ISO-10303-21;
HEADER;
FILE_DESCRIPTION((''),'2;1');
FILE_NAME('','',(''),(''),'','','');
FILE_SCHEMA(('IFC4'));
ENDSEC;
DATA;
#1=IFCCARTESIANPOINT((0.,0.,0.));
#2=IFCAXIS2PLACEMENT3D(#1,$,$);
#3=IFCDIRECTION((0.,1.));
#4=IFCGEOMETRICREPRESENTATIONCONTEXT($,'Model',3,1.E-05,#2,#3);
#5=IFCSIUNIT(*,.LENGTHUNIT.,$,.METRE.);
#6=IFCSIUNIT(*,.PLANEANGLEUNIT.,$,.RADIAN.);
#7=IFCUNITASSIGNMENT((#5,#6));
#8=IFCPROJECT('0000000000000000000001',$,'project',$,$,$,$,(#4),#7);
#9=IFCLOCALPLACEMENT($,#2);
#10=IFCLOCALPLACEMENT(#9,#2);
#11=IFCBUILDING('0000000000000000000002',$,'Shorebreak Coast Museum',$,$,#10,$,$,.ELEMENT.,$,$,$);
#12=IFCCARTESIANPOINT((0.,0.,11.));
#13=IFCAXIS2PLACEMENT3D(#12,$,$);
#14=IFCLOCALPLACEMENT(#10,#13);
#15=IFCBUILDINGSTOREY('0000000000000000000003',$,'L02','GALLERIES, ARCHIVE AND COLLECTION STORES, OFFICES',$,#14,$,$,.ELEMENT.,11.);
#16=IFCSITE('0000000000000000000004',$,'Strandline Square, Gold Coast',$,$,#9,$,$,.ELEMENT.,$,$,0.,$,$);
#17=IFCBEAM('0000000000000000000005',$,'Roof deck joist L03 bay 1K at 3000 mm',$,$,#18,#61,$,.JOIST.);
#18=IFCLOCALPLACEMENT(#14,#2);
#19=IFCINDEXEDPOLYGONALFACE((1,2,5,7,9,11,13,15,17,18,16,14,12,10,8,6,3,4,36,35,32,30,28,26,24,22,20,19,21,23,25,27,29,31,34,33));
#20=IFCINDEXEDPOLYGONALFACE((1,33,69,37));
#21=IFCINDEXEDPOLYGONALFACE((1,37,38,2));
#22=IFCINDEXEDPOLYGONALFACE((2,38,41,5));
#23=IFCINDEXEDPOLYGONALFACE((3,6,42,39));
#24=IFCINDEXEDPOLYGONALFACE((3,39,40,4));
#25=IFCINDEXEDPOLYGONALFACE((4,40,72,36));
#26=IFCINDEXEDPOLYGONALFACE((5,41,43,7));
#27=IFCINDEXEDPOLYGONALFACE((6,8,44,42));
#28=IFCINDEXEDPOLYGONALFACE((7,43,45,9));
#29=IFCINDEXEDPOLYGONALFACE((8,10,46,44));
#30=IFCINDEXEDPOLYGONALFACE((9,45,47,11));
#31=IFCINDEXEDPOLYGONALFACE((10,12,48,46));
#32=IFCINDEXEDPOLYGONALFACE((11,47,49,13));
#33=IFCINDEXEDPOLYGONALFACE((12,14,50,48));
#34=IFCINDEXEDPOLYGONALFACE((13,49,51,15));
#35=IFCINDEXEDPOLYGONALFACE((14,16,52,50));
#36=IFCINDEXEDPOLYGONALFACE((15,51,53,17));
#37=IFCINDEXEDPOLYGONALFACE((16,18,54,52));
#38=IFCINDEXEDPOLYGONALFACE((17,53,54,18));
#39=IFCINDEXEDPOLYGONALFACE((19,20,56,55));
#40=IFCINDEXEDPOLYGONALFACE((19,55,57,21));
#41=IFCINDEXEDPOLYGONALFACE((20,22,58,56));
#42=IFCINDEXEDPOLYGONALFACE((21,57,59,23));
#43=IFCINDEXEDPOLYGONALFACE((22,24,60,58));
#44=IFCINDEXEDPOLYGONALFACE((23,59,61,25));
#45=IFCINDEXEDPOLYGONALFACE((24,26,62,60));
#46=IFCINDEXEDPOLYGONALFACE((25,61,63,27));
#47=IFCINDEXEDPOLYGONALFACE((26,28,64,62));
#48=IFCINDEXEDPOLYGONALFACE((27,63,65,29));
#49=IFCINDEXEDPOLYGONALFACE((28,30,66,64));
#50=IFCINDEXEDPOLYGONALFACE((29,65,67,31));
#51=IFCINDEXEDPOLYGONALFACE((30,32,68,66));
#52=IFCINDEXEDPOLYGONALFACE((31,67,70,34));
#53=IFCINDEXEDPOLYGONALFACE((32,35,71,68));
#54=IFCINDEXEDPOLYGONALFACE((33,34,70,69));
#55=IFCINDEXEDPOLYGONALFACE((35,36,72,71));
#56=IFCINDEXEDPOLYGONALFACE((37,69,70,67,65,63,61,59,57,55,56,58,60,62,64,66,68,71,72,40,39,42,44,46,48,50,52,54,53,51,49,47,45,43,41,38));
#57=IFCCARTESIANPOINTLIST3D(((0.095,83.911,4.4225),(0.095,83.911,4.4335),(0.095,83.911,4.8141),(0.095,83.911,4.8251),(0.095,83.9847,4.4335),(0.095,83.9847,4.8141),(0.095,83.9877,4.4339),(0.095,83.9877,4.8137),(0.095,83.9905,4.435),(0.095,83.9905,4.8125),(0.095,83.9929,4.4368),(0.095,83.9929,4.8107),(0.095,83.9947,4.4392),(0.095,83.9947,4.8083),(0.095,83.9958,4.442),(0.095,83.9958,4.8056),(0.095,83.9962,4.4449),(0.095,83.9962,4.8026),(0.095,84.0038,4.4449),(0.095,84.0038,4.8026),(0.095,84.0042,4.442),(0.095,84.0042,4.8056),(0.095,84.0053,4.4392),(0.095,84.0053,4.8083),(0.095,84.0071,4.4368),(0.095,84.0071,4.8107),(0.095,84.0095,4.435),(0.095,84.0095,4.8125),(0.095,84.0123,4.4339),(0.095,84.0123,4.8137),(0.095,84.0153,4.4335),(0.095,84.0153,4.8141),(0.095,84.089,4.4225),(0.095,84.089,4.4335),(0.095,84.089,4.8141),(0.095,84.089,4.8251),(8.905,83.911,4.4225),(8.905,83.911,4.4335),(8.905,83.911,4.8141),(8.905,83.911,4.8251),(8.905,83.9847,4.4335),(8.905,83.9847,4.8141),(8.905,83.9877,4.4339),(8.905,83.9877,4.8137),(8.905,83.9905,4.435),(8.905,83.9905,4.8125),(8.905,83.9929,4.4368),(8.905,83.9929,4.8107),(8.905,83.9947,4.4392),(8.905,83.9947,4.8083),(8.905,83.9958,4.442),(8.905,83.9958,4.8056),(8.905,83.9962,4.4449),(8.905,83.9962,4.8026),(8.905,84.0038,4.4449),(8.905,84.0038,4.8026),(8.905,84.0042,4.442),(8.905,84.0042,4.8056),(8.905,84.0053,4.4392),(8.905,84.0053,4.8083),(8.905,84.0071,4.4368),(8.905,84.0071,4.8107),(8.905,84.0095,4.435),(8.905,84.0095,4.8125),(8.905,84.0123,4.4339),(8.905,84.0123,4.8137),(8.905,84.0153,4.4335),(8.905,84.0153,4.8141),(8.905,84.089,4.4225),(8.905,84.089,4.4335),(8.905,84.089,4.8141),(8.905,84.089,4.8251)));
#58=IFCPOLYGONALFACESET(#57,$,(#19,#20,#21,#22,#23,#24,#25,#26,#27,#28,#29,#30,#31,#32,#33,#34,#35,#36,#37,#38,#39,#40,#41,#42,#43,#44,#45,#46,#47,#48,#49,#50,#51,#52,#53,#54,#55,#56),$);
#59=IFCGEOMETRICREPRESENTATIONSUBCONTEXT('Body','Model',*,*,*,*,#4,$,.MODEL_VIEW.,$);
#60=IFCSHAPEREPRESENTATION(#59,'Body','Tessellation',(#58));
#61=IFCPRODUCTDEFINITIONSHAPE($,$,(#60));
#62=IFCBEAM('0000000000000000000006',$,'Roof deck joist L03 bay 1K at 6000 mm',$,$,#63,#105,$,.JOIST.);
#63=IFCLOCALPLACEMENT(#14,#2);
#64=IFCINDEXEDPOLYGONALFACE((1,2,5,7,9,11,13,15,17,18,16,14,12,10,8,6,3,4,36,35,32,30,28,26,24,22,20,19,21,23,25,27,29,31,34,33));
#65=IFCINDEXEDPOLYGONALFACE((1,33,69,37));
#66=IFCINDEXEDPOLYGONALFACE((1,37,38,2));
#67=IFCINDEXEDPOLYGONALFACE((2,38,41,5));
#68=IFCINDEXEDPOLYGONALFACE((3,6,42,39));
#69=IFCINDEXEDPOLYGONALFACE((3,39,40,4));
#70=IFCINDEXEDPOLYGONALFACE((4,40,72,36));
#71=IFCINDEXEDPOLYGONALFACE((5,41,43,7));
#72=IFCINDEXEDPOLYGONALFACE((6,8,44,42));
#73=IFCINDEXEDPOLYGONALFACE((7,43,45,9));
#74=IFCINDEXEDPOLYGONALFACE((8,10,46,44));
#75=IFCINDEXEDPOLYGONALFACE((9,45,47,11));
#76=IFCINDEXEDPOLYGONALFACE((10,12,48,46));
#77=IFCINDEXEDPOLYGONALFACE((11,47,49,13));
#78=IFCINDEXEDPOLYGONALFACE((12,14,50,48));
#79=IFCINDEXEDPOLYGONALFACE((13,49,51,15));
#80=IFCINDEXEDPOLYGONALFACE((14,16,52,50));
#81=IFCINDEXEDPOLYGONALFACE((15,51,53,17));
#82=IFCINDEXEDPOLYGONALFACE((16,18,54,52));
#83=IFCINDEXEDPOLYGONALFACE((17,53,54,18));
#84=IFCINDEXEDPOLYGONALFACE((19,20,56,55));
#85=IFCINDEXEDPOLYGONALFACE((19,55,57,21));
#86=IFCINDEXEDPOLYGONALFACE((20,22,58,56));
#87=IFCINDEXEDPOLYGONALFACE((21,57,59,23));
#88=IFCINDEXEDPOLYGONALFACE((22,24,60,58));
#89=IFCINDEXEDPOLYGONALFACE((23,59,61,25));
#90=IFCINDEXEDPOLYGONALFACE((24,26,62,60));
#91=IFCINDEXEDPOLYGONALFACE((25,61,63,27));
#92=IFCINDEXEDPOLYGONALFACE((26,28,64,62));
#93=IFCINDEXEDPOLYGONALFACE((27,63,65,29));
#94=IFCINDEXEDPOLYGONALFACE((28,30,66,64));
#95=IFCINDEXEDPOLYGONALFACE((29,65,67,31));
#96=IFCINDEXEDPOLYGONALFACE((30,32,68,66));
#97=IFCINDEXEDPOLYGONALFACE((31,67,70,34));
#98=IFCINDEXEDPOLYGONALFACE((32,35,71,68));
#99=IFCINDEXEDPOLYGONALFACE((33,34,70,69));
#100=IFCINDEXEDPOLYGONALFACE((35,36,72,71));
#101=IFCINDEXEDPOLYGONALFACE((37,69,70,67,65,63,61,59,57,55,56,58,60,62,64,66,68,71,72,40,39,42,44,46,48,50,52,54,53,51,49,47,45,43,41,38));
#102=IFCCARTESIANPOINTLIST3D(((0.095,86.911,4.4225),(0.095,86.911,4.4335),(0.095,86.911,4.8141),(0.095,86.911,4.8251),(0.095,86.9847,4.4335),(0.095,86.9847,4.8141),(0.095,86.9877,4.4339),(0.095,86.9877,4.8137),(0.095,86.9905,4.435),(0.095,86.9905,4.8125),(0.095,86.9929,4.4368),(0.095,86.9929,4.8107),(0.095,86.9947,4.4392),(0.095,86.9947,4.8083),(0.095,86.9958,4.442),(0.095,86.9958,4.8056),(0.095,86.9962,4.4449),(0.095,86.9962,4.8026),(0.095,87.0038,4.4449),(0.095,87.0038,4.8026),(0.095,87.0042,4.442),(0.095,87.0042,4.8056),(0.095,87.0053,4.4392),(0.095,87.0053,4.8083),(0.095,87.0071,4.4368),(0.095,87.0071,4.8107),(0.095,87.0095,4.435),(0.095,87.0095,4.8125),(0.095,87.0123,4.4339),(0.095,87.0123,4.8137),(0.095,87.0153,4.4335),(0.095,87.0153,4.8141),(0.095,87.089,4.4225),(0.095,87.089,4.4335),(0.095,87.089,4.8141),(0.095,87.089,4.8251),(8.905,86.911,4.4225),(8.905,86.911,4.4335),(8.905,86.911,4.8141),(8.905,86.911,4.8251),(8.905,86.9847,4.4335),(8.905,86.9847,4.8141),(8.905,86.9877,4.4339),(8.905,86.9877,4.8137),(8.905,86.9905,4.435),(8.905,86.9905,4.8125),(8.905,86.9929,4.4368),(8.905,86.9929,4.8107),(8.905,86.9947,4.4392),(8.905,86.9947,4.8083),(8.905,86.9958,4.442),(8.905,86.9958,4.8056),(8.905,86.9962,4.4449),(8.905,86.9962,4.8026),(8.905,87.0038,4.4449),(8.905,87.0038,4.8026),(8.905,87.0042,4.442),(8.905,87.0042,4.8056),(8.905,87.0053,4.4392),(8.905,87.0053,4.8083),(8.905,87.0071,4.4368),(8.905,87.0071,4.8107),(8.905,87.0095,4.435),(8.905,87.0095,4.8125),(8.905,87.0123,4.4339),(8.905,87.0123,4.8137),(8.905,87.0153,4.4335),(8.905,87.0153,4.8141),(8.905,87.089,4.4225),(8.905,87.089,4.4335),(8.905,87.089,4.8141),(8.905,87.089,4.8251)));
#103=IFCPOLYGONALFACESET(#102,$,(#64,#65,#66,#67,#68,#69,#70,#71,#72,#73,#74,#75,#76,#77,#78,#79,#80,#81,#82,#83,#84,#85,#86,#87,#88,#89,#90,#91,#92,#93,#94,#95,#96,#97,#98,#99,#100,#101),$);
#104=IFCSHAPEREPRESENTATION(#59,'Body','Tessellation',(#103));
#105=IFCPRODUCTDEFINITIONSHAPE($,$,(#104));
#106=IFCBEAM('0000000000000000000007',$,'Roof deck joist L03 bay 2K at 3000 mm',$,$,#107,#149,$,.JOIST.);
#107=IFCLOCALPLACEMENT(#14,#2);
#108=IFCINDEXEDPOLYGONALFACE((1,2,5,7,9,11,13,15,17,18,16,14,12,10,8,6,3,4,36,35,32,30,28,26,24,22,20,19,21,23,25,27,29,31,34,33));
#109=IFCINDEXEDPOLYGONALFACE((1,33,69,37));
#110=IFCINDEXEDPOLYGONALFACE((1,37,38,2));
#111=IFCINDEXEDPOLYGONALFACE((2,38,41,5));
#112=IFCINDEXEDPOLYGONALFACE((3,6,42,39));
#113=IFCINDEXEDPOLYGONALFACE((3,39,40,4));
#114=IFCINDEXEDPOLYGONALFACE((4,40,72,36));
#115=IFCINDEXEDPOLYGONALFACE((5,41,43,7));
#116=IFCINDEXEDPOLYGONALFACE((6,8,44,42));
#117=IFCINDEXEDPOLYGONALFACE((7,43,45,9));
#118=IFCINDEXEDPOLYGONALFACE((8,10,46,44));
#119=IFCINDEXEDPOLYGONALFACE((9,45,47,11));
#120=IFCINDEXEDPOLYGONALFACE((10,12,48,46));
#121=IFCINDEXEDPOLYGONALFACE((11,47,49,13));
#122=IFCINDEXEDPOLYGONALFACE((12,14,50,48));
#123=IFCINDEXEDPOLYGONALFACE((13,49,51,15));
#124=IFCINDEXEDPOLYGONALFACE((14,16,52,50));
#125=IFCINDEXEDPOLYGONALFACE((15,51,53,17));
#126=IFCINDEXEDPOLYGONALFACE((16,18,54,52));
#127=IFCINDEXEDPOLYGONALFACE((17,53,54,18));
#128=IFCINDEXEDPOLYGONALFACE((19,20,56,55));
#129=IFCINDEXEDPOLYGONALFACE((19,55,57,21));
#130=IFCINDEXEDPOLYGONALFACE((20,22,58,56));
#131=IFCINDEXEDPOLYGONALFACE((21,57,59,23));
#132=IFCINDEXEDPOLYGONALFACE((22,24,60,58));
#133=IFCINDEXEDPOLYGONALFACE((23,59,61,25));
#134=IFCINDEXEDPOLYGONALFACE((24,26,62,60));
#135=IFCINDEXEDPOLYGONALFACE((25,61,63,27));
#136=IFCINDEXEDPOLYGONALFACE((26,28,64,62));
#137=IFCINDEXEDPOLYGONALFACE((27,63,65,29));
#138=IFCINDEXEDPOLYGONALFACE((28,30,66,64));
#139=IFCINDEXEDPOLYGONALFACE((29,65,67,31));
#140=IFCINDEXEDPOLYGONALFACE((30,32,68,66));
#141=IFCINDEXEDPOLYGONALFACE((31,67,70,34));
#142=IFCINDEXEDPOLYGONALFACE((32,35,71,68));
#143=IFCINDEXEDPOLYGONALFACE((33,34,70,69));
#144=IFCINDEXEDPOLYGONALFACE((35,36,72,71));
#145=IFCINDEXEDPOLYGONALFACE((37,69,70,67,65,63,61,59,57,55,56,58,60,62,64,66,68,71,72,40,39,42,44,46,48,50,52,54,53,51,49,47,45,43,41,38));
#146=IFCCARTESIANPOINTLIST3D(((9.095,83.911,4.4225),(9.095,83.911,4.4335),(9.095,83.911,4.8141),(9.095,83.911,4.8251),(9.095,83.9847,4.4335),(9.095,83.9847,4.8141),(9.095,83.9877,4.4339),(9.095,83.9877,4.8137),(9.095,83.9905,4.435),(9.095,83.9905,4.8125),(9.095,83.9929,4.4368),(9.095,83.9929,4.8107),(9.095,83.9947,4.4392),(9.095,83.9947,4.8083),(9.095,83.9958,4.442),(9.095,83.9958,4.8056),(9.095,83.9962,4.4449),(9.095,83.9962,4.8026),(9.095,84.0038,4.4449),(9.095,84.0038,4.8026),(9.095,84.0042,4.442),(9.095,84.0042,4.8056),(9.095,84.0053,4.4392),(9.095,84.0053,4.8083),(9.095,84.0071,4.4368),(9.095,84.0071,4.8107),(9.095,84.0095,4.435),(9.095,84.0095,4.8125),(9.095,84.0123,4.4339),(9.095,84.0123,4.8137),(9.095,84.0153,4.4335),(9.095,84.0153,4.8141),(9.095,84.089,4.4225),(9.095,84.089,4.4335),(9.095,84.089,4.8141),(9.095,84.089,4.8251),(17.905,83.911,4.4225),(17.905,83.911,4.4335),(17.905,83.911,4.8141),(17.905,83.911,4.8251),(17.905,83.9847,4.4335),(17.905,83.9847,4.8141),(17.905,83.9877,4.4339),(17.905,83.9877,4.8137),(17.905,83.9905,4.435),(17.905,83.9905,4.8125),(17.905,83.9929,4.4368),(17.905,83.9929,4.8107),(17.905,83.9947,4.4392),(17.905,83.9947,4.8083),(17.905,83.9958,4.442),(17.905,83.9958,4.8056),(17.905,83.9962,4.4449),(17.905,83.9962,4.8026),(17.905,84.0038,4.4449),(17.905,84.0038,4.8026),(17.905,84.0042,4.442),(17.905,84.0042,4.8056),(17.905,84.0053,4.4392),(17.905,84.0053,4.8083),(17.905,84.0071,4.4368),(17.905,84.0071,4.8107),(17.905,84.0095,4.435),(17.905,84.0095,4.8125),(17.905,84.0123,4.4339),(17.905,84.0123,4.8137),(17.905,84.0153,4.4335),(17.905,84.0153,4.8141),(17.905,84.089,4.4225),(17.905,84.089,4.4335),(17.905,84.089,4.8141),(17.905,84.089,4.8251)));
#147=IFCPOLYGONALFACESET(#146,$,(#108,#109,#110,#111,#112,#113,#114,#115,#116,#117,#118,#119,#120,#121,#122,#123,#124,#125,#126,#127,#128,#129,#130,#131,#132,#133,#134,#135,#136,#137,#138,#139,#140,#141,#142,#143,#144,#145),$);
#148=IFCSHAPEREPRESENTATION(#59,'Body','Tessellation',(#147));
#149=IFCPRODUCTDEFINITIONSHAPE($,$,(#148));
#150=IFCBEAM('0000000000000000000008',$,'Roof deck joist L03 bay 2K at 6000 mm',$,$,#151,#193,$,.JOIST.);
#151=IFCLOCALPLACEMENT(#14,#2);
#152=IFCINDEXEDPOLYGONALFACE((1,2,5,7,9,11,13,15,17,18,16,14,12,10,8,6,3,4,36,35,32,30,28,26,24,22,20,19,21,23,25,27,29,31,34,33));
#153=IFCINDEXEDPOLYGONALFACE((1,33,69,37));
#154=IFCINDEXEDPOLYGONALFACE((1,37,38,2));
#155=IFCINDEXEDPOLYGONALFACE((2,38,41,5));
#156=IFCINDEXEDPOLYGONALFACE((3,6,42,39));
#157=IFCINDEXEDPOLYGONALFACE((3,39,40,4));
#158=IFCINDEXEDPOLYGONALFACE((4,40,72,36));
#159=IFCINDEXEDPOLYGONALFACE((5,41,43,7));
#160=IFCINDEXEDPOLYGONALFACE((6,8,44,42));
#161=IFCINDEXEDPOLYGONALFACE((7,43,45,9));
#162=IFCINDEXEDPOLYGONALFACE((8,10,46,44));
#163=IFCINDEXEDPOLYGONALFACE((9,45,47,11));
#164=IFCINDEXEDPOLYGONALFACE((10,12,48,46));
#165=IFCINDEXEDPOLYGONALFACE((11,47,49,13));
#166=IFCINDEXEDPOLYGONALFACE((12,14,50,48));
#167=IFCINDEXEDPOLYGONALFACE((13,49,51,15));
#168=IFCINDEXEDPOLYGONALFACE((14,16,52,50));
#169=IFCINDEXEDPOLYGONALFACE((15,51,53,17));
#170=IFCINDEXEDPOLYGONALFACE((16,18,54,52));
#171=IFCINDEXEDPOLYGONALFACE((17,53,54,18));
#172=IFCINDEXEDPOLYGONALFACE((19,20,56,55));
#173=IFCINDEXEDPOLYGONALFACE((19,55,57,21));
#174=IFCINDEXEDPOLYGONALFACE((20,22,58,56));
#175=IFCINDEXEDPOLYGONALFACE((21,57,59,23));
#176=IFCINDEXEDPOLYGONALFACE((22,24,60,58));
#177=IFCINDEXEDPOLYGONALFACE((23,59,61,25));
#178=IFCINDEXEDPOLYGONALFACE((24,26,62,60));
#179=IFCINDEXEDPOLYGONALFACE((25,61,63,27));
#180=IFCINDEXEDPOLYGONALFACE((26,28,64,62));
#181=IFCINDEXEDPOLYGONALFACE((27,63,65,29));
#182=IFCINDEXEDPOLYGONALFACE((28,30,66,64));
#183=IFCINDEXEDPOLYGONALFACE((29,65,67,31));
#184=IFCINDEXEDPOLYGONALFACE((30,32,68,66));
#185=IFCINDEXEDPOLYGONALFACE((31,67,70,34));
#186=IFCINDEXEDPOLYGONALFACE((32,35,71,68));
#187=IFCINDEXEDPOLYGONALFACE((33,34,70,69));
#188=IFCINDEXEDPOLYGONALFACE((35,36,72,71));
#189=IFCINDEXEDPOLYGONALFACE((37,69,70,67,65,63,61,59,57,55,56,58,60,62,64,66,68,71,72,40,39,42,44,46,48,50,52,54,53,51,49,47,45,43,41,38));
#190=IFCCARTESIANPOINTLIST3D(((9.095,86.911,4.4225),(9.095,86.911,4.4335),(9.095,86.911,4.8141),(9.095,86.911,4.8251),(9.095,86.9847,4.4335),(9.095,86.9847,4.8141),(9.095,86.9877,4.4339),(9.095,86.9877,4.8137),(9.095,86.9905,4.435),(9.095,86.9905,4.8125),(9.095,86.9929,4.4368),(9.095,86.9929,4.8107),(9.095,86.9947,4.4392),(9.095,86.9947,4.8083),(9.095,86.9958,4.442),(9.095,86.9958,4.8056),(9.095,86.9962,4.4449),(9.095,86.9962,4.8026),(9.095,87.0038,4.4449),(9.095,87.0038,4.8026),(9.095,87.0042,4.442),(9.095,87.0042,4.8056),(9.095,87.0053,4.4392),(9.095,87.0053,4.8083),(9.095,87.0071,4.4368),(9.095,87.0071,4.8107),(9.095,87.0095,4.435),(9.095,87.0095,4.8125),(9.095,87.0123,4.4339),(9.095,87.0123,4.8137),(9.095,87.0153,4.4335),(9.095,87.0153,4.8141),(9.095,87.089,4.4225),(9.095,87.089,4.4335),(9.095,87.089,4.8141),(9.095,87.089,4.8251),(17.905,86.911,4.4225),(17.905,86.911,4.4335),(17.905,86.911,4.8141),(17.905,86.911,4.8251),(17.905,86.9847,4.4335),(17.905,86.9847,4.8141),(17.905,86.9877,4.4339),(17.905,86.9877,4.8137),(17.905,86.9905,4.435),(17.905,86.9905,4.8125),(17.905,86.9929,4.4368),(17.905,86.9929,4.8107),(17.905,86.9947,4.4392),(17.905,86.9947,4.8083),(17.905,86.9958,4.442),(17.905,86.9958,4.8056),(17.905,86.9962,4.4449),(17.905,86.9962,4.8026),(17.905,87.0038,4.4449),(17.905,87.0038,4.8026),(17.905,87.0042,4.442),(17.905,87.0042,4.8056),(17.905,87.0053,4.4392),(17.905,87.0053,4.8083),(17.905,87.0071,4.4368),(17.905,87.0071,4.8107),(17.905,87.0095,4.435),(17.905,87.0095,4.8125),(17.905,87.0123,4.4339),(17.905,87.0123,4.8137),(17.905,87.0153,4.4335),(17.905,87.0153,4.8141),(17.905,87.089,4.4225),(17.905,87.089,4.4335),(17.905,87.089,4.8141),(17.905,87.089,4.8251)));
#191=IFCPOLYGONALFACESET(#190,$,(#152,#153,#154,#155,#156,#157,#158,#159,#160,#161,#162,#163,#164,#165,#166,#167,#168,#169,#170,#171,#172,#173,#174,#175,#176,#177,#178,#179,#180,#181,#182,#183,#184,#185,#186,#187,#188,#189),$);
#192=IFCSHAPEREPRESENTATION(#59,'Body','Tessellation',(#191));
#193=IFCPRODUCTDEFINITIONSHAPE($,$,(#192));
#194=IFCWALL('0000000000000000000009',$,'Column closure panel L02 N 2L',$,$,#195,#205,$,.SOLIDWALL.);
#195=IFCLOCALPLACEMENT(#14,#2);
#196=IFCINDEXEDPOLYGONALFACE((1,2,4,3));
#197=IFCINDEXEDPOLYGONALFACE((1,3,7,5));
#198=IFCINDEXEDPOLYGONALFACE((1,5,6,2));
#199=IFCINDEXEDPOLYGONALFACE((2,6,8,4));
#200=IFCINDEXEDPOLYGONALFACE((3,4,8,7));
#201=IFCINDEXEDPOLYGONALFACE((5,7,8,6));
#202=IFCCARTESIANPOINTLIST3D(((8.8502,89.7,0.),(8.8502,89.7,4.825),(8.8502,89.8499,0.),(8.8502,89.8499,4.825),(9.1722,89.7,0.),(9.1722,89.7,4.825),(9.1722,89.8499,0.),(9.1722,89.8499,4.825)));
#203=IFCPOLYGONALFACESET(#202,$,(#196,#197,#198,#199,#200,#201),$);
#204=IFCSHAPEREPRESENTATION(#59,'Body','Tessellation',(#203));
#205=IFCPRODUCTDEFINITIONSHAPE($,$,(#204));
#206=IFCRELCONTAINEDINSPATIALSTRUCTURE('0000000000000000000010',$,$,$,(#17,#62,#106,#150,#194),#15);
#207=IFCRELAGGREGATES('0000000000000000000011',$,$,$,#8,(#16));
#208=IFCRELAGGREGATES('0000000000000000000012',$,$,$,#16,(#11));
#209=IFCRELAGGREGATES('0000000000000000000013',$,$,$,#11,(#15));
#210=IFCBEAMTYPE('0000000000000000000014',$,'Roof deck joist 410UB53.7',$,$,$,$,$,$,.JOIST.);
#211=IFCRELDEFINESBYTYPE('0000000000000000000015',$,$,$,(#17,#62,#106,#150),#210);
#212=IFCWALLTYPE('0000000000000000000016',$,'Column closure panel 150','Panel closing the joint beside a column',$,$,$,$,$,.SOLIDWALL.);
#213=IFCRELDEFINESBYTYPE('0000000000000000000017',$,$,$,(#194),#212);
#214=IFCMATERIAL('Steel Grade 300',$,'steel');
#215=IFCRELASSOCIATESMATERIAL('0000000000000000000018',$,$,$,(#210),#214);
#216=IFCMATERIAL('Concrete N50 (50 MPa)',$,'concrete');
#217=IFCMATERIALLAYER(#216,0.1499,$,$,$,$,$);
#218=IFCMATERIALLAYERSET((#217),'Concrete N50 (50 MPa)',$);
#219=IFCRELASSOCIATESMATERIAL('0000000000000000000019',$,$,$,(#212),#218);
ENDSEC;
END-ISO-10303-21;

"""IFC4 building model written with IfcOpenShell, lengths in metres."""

from ifc_helpers import new_model, si_unit, direction, frame, frame_2d, origin, origin_2d, place, context, subcontext, project, spatial, rectangle, i_section, extrude, material, layer, layer_set, material_profile, profile_set, type_object, element, save


model = new_model("IFC4")

# Units and contexts
model_context = context("Model", 3, precision=1e-05, world=origin(), true_north=direction((0.0, 1.0)))
body_context = subcontext(model_context, "Body", "Model", "MODEL_VIEW")
ifc_project = project(units=[si_unit("LENGTHUNIT", "METRE"), si_unit("PLANEANGLEUNIT", "RADIAN")], contexts=[model_context])

# Site, building, storey
site_placement = place(None, origin())
site = spatial("IfcSite", under=ifc_project, at=site_placement, Name="Strandline Square, Gold Coast", CompositionType="ELEMENT", RefElevation=0.0)
building_placement = place(site_placement, origin())
building = spatial("IfcBuilding", under=site, at=building_placement, Name="Shorebreak Coast Museum", CompositionType="ELEMENT")
storey_placement = place(building_placement, frame((0.0, 0.0, 11.0)))
storey = spatial("IfcBuildingStorey", under=building, at=storey_placement, Name="L02", Description="GALLERIES, ARCHIVE AND COLLECTION STORES, OFFICES", CompositionType="ELEMENT", Elevation=11.0)

# Beams
ifc_material_1 = material(Name="Steel Grade 300", Category="steel")
ifc_material_profile_1 = material_profile(ifc_material_1, i_section(OverallWidth=0.178, OverallDepth=0.4026, WebThickness=0.0076, FlangeThickness=0.011, FilletRadius=0.0115, at=origin_2d()), Name="410UB53.7")
ifc_profile_set_1 = profile_set([ifc_material_profile_1], Name="Steel Grade 300")
beam_type_1 = type_object("IfcBeamType", Name="Roof deck joist 410UB53.7", PredefinedType="JOIST", material=ifc_profile_set_1)
for number, where, z_axis, x_axis, name in (
    (1, (0.095, 84.0, 4.6238), (1.0, 0.0, 0.0), (0.0, 1.0, 0.0), "Roof deck joist L03 bay 1K at 3000 mm"),
    (2, (0.095, 87.0, 4.6238), (1.0, 0.0, 0.0), (0.0, 1.0, 0.0), "Roof deck joist L03 bay 1K at 6000 mm"),
    (3, (9.095, 84.0, 4.6238), (1.0, 0.0, 0.0), (0.0, 1.0, 0.0), "Roof deck joist L03 bay 2K at 3000 mm"),
    (4, (9.095, 87.0, 4.6238), (1.0, 0.0, 0.0), (0.0, 1.0, 0.0), "Roof deck joist L03 bay 2K at 6000 mm"),
):
    element("IfcBeam", number, at=place(storey_placement, frame(where, z_axis=z_axis, x_axis=x_axis)), inside=storey, type_object=beam_type_1, Name=name, PredefinedType="JOIST", context=body_context, shape_type="SweptSolid", body=[
        extrude(i_section(OverallWidth=0.178, OverallDepth=0.4026, WebThickness=0.0076, FlangeThickness=0.011, FilletRadius=0.0115, at=origin_2d()), origin(), (0.0, 0.0, 1.0), 8.8101),
    ])

# Wall
ifc_material_2 = material(Name="Concrete N50 (50 MPa)", Category="concrete")
ifc_layer_1 = layer(ifc_material_2, 0.1499)
ifc_layer_set_1 = layer_set([ifc_layer_1], Name="Concrete N50 (50 MPa)")
wall_type_1 = type_object("IfcWallType", Name="Column closure panel 150", Description="Panel closing the joint beside a column", PredefinedType="SOLIDWALL", material=ifc_layer_set_1)
wall_1_placement = place(storey_placement, frame((8.8501, 89.7749, 0.0), z_axis=(0.0, 0.0, 1.0), x_axis=(1.0, 0.0, 0.0)))
element("IfcWall", 5, at=wall_1_placement, inside=storey, type_object=wall_type_1, Name="Column closure panel L02 N 2L", PredefinedType="SOLIDWALL", context=body_context, shape_type="SweptSolid", body=[
    extrude(rectangle(XDim=0.322, YDim=0.1499, at=frame_2d((0.1611, 0.0))), origin(), (0.0, 0.0, 1.0), 4.825),
])

save(model, "model.ifc")
